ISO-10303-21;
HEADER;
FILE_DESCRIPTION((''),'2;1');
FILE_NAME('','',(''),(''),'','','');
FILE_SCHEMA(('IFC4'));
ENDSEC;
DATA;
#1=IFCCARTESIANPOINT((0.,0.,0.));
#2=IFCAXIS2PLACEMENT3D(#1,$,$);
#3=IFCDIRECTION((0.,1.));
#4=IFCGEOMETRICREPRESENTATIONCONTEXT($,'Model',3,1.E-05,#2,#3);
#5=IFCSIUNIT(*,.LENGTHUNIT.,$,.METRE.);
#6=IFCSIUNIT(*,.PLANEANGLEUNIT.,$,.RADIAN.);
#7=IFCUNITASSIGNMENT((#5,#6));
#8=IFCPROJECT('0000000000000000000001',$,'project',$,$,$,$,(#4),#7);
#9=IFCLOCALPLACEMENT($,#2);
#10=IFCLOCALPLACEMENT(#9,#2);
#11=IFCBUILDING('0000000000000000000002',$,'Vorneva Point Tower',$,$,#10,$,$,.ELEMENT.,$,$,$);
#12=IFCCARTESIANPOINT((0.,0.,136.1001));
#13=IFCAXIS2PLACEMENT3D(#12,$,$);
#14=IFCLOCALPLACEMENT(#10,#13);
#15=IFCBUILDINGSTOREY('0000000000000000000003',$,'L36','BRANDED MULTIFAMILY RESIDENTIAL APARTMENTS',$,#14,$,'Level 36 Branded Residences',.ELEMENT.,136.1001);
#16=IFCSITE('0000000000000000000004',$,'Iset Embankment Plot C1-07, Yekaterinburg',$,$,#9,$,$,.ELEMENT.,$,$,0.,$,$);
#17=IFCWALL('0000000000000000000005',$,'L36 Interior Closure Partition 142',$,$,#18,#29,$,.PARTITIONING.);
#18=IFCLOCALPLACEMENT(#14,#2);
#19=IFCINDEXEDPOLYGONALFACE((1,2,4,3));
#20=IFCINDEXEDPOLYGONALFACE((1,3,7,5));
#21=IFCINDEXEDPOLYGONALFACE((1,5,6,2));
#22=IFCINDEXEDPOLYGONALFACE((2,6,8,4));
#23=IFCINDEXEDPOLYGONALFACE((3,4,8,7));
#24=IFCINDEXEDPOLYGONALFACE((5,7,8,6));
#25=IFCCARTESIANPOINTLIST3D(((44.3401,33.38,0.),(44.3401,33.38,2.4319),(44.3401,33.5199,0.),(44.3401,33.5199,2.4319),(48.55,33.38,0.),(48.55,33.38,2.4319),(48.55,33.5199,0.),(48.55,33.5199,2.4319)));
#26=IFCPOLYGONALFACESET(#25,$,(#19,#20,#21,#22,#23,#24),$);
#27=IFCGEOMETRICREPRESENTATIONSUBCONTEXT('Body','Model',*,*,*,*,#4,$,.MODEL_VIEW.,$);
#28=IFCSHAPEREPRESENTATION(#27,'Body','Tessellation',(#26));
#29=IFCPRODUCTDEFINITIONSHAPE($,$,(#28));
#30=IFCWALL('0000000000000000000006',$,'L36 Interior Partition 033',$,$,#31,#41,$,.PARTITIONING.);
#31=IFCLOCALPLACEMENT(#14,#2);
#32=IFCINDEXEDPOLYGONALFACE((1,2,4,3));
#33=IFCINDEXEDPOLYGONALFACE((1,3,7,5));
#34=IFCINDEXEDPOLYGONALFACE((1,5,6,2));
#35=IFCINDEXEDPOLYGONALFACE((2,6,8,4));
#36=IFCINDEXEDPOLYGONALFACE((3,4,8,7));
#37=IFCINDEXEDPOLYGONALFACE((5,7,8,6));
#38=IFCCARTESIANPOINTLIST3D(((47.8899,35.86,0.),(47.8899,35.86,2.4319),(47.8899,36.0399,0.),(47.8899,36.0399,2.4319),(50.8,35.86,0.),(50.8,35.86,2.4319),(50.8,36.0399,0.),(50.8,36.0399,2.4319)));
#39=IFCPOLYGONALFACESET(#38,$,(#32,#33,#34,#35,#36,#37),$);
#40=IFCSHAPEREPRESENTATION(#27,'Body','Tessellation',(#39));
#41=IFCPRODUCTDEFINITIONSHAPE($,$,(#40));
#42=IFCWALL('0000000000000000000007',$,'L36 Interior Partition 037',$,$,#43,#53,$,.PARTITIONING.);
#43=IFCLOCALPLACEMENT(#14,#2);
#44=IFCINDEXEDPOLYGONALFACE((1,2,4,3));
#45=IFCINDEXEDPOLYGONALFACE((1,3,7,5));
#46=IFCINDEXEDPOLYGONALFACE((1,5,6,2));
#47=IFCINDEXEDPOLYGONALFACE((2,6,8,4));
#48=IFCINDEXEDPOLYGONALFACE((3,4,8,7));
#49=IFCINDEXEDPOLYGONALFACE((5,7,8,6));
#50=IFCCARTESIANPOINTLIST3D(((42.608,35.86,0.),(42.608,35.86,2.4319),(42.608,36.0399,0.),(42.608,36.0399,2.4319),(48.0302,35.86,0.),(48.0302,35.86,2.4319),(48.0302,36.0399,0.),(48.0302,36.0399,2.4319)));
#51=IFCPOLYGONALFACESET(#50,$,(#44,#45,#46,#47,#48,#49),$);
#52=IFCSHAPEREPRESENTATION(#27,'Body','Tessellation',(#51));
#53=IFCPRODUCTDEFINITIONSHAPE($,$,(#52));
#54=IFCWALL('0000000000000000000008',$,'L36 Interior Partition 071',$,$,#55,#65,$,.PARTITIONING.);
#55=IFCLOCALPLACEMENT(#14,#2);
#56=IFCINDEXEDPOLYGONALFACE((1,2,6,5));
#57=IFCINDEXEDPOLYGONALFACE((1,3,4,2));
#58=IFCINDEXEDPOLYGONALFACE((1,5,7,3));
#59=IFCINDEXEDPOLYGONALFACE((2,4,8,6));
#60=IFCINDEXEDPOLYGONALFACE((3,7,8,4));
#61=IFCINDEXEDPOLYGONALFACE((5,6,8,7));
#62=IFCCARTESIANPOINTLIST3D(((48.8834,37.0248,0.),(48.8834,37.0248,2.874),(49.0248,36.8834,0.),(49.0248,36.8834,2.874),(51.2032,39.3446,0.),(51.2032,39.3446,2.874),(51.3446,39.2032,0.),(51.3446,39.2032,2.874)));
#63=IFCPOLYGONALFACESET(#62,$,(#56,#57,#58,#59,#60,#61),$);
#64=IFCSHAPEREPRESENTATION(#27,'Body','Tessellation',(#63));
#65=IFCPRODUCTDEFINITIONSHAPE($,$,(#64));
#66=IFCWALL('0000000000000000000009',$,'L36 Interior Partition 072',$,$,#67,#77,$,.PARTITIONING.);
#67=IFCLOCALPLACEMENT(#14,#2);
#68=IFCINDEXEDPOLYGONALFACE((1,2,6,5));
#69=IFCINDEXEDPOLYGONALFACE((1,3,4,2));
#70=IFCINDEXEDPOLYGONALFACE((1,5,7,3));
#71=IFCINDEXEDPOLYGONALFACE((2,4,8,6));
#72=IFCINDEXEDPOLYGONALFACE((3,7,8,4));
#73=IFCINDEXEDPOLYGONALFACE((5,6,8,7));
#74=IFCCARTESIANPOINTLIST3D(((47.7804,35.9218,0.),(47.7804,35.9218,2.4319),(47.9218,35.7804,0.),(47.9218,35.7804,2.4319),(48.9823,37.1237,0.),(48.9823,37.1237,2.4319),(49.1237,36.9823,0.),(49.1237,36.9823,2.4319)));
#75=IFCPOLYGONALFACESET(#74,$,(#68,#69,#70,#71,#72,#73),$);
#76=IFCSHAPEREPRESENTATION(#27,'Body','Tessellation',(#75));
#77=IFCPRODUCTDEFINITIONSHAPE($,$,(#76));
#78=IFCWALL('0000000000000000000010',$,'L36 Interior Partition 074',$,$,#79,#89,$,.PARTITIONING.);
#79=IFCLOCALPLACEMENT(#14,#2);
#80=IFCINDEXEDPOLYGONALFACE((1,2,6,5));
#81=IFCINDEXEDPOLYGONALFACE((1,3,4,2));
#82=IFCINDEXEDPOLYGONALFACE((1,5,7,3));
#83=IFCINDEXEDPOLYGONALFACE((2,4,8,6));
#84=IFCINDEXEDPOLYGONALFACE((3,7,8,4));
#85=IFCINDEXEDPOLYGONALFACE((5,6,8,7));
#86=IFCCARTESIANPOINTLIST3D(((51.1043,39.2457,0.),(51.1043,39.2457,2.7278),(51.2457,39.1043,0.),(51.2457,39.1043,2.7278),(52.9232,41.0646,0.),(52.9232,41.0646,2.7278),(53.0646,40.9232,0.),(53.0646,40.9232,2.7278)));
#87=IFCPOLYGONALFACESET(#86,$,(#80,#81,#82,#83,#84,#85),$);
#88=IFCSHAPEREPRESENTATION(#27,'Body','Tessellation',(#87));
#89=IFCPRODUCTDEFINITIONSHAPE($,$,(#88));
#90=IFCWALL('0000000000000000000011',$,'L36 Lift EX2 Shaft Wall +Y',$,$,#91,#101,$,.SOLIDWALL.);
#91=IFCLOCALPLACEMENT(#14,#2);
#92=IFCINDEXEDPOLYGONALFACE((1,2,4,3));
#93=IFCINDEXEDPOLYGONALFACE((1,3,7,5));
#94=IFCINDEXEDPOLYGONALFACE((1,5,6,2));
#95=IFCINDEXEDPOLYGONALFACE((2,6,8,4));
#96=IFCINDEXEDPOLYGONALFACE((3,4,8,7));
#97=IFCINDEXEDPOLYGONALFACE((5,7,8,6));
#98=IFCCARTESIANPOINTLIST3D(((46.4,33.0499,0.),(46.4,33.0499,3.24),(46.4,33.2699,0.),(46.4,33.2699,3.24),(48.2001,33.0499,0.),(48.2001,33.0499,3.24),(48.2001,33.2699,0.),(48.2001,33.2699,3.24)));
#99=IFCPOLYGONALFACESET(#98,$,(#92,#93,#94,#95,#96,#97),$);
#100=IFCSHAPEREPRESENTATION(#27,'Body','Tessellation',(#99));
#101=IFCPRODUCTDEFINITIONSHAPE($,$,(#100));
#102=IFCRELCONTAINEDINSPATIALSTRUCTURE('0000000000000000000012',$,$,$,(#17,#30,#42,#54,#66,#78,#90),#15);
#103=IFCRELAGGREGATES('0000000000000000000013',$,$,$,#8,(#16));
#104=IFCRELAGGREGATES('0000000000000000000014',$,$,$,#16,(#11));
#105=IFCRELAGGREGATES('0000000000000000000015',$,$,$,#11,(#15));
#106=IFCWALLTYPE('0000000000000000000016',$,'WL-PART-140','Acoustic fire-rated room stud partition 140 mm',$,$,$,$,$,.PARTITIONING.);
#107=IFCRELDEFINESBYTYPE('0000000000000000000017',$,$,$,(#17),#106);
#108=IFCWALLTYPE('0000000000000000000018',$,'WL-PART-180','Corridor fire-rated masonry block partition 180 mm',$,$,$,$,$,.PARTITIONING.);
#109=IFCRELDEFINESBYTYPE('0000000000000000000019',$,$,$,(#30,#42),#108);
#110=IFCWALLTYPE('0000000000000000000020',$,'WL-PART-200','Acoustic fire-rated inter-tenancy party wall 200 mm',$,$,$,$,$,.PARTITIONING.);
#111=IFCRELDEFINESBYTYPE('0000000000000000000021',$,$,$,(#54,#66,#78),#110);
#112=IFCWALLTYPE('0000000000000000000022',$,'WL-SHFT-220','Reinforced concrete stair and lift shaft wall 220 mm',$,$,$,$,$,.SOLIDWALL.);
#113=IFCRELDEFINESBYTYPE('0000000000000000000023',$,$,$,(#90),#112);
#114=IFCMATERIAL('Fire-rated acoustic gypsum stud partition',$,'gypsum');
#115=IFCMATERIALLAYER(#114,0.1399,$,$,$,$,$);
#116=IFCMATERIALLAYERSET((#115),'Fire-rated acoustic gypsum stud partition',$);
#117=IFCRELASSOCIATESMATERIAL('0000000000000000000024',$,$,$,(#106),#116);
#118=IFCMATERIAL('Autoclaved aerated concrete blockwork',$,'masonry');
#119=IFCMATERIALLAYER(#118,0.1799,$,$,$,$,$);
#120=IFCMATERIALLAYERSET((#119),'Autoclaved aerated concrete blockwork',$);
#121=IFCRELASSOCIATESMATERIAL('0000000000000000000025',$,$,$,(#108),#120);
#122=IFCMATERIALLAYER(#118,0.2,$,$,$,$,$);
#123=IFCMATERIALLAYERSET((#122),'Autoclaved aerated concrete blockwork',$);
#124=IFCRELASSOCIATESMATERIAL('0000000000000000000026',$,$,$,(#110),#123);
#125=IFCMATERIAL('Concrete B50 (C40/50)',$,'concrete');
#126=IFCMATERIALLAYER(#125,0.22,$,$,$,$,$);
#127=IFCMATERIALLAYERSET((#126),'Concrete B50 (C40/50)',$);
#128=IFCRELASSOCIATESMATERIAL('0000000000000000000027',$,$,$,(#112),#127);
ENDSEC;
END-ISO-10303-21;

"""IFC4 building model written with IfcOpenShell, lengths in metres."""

from ifc_helpers import new_model, si_unit, direction, frame, frame_2d, origin, place, context, subcontext, project, spatial, rectangle, extrude, material, layer, layer_set, type_object, element, save


model = new_model("IFC4")

# Units and contexts
model_context = context("Model", 3, precision=1e-05, world=origin(), true_north=direction((0.0, 1.0)))
body_context = subcontext(model_context, "Body", "Model", "MODEL_VIEW")
ifc_project = project(units=[si_unit("LENGTHUNIT", "METRE"), si_unit("PLANEANGLEUNIT", "RADIAN")], contexts=[model_context])

# Site, building, storey
site_placement = place(None, origin())
site = spatial("IfcSite", under=ifc_project, at=site_placement, Name="Iset Embankment Plot C1-07, Yekaterinburg", CompositionType="ELEMENT", RefElevation=0.0)
building_placement = place(site_placement, origin())
building = spatial("IfcBuilding", under=site, at=building_placement, Name="Vorneva Point Tower", CompositionType="ELEMENT")
storey_placement = place(building_placement, frame((0.0, 0.0, 136.1001)))
storey = spatial("IfcBuildingStorey", under=building, at=storey_placement, Name="L36", Description="BRANDED MULTIFAMILY RESIDENTIAL APARTMENTS", LongName="Level 36 Branded Residences", CompositionType="ELEMENT", Elevation=136.1001)

# Shared definitions
ifc_material_1 = material(Name="Fire-rated acoustic gypsum stud partition", Category="gypsum")

# Walls
ifc_layer_1 = layer(ifc_material_1, 0.1399)
ifc_layer_set_1 = layer_set([ifc_layer_1], Name="Fire-rated acoustic gypsum stud partition")
wall_type_1 = type_object("IfcWallType", Name="WL-PART-140", Description="Acoustic fire-rated room stud partition 140 mm", PredefinedType="PARTITIONING", material=ifc_layer_set_1)
wall_1_placement = place(storey_placement, frame((48.55, 33.45, 0.0), z_axis=(0.0, 0.0, 1.0), x_axis=(-1.0, 0.0, 0.0)))
element("IfcWall", 1, at=wall_1_placement, inside=storey, type_object=wall_type_1, Name="L36 Interior Closure Partition 142", PredefinedType="PARTITIONING", context=body_context, shape_type="SweptSolid", body=[
    extrude(rectangle(XDim=4.21, YDim=0.1399, at=frame_2d((2.105, 0.0))), origin(), (0.0, 0.0, 1.0), 2.4319),
])
ifc_material_2 = material(Name="Autoclaved aerated concrete blockwork", Category="masonry")
ifc_layer_2 = layer(ifc_material_2, 0.1799)
ifc_layer_set_2 = layer_set([ifc_layer_2], Name="Autoclaved aerated concrete blockwork")
wall_type_2 = type_object("IfcWallType", Name="WL-PART-180", Description="Corridor fire-rated masonry block partition 180 mm", PredefinedType="PARTITIONING", material=ifc_layer_set_2)
wall_2_placement = place(storey_placement, frame((50.8, 35.95, 0.0), z_axis=(0.0, 0.0, 1.0), x_axis=(-1.0, 0.0, 0.0)))
element("IfcWall", 2, at=wall_2_placement, inside=storey, type_object=wall_type_2, Name="L36 Interior Partition 033", PredefinedType="PARTITIONING", context=body_context, shape_type="SweptSolid", body=[
    extrude(rectangle(XDim=2.9102, YDim=0.1799, at=frame_2d((1.4551, 0.0))), origin(), (0.0, 0.0, 1.0), 2.4319),
])
wall_3_placement = place(storey_placement, frame((48.03, 35.95, 0.0), z_axis=(0.0, 0.0, 1.0), x_axis=(-1.0, 0.0, 0.0)))
element("IfcWall", 3, at=wall_3_placement, inside=storey, type_object=wall_type_2, Name="L36 Interior Partition 037", PredefinedType="PARTITIONING", context=body_context, shape_type="SweptSolid", body=[
    extrude(rectangle(XDim=5.4221, YDim=0.1799, at=frame_2d((2.7109, 0.0))), origin(), (0.0, 0.0, 1.0), 2.4319),
])
ifc_layer_3 = layer(ifc_material_2, 0.2)
ifc_layer_set_3 = layer_set([ifc_layer_3], Name="Autoclaved aerated concrete blockwork")
wall_type_3 = type_object("IfcWallType", Name="WL-PART-200", Description="Acoustic fire-rated inter-tenancy party wall 200 mm", PredefinedType="PARTITIONING", material=ifc_layer_set_3)
wall_4_placement = place(storey_placement, frame((51.2739, 39.2739, 0.0), z_axis=(0.0, 0.0, 1.0), x_axis=(-0.707107, -0.707107, 0.0)))
element("IfcWall", 4, at=wall_4_placement, inside=storey, type_object=wall_type_3, Name="L36 Interior Partition 071", PredefinedType="PARTITIONING", context=body_context, shape_type="SweptSolid", body=[
    extrude(rectangle(XDim=3.2808, YDim=0.2, at=frame_2d((1.6404, 0.0))), origin(), (0.0, 0.0, 1.0), 2.874),
])
wall_5_placement = place(storey_placement, frame((49.053, 37.053, 0.0), z_axis=(0.0, 0.0, 1.0), x_axis=(-0.707107, -0.707107, 0.0)))
element("IfcWall", 5, at=wall_5_placement, inside=storey, type_object=wall_type_3, Name="L36 Interior Partition 072", PredefinedType="PARTITIONING", context=body_context, shape_type="SweptSolid", body=[
    extrude(rectangle(XDim=1.6997, YDim=0.2, at=frame_2d((0.8499, 0.0))), origin(), (0.0, 0.0, 1.0), 2.4319),
])
wall_6_placement = place(storey_placement, frame((52.9939, 40.9939, 0.0), z_axis=(0.0, 0.0, 1.0), x_axis=(-0.707107, -0.707107, 0.0)))
element("IfcWall", 6, at=wall_6_placement, inside=storey, type_object=wall_type_3, Name="L36 Interior Partition 074", PredefinedType="PARTITIONING", context=body_context, shape_type="SweptSolid", body=[
    extrude(rectangle(XDim=2.5723, YDim=0.2, at=frame_2d((1.2861, 0.0))), origin(), (0.0, 0.0, 1.0), 2.7278),
])
ifc_material_3 = material(Name="Concrete B50 (C40/50)", Category="concrete")
ifc_layer_4 = layer(ifc_material_3, 0.22)
ifc_layer_set_4 = layer_set([ifc_layer_4], Name="Concrete B50 (C40/50)")
wall_type_4 = type_object("IfcWallType", Name="WL-SHFT-220", Description="Reinforced concrete stair and lift shaft wall 220 mm", PredefinedType="SOLIDWALL", material=ifc_layer_set_4)
wall_7_placement = place(storey_placement, frame((48.2, 33.1599, 0.0), z_axis=(0.0, 0.0, 1.0), x_axis=(-1.0, 0.0, 0.0)))
element("IfcWall", 7, at=wall_7_placement, inside=storey, type_object=wall_type_4, Name="L36 Lift EX2 Shaft Wall +Y", PredefinedType="SOLIDWALL", context=body_context, shape_type="SweptSolid", body=[
    extrude(rectangle(XDim=1.8, YDim=0.22, at=frame_2d((0.8999, 0.0))), origin(), (0.0, 0.0, 1.0), 3.24),
])

save(model, "model.ifc")
